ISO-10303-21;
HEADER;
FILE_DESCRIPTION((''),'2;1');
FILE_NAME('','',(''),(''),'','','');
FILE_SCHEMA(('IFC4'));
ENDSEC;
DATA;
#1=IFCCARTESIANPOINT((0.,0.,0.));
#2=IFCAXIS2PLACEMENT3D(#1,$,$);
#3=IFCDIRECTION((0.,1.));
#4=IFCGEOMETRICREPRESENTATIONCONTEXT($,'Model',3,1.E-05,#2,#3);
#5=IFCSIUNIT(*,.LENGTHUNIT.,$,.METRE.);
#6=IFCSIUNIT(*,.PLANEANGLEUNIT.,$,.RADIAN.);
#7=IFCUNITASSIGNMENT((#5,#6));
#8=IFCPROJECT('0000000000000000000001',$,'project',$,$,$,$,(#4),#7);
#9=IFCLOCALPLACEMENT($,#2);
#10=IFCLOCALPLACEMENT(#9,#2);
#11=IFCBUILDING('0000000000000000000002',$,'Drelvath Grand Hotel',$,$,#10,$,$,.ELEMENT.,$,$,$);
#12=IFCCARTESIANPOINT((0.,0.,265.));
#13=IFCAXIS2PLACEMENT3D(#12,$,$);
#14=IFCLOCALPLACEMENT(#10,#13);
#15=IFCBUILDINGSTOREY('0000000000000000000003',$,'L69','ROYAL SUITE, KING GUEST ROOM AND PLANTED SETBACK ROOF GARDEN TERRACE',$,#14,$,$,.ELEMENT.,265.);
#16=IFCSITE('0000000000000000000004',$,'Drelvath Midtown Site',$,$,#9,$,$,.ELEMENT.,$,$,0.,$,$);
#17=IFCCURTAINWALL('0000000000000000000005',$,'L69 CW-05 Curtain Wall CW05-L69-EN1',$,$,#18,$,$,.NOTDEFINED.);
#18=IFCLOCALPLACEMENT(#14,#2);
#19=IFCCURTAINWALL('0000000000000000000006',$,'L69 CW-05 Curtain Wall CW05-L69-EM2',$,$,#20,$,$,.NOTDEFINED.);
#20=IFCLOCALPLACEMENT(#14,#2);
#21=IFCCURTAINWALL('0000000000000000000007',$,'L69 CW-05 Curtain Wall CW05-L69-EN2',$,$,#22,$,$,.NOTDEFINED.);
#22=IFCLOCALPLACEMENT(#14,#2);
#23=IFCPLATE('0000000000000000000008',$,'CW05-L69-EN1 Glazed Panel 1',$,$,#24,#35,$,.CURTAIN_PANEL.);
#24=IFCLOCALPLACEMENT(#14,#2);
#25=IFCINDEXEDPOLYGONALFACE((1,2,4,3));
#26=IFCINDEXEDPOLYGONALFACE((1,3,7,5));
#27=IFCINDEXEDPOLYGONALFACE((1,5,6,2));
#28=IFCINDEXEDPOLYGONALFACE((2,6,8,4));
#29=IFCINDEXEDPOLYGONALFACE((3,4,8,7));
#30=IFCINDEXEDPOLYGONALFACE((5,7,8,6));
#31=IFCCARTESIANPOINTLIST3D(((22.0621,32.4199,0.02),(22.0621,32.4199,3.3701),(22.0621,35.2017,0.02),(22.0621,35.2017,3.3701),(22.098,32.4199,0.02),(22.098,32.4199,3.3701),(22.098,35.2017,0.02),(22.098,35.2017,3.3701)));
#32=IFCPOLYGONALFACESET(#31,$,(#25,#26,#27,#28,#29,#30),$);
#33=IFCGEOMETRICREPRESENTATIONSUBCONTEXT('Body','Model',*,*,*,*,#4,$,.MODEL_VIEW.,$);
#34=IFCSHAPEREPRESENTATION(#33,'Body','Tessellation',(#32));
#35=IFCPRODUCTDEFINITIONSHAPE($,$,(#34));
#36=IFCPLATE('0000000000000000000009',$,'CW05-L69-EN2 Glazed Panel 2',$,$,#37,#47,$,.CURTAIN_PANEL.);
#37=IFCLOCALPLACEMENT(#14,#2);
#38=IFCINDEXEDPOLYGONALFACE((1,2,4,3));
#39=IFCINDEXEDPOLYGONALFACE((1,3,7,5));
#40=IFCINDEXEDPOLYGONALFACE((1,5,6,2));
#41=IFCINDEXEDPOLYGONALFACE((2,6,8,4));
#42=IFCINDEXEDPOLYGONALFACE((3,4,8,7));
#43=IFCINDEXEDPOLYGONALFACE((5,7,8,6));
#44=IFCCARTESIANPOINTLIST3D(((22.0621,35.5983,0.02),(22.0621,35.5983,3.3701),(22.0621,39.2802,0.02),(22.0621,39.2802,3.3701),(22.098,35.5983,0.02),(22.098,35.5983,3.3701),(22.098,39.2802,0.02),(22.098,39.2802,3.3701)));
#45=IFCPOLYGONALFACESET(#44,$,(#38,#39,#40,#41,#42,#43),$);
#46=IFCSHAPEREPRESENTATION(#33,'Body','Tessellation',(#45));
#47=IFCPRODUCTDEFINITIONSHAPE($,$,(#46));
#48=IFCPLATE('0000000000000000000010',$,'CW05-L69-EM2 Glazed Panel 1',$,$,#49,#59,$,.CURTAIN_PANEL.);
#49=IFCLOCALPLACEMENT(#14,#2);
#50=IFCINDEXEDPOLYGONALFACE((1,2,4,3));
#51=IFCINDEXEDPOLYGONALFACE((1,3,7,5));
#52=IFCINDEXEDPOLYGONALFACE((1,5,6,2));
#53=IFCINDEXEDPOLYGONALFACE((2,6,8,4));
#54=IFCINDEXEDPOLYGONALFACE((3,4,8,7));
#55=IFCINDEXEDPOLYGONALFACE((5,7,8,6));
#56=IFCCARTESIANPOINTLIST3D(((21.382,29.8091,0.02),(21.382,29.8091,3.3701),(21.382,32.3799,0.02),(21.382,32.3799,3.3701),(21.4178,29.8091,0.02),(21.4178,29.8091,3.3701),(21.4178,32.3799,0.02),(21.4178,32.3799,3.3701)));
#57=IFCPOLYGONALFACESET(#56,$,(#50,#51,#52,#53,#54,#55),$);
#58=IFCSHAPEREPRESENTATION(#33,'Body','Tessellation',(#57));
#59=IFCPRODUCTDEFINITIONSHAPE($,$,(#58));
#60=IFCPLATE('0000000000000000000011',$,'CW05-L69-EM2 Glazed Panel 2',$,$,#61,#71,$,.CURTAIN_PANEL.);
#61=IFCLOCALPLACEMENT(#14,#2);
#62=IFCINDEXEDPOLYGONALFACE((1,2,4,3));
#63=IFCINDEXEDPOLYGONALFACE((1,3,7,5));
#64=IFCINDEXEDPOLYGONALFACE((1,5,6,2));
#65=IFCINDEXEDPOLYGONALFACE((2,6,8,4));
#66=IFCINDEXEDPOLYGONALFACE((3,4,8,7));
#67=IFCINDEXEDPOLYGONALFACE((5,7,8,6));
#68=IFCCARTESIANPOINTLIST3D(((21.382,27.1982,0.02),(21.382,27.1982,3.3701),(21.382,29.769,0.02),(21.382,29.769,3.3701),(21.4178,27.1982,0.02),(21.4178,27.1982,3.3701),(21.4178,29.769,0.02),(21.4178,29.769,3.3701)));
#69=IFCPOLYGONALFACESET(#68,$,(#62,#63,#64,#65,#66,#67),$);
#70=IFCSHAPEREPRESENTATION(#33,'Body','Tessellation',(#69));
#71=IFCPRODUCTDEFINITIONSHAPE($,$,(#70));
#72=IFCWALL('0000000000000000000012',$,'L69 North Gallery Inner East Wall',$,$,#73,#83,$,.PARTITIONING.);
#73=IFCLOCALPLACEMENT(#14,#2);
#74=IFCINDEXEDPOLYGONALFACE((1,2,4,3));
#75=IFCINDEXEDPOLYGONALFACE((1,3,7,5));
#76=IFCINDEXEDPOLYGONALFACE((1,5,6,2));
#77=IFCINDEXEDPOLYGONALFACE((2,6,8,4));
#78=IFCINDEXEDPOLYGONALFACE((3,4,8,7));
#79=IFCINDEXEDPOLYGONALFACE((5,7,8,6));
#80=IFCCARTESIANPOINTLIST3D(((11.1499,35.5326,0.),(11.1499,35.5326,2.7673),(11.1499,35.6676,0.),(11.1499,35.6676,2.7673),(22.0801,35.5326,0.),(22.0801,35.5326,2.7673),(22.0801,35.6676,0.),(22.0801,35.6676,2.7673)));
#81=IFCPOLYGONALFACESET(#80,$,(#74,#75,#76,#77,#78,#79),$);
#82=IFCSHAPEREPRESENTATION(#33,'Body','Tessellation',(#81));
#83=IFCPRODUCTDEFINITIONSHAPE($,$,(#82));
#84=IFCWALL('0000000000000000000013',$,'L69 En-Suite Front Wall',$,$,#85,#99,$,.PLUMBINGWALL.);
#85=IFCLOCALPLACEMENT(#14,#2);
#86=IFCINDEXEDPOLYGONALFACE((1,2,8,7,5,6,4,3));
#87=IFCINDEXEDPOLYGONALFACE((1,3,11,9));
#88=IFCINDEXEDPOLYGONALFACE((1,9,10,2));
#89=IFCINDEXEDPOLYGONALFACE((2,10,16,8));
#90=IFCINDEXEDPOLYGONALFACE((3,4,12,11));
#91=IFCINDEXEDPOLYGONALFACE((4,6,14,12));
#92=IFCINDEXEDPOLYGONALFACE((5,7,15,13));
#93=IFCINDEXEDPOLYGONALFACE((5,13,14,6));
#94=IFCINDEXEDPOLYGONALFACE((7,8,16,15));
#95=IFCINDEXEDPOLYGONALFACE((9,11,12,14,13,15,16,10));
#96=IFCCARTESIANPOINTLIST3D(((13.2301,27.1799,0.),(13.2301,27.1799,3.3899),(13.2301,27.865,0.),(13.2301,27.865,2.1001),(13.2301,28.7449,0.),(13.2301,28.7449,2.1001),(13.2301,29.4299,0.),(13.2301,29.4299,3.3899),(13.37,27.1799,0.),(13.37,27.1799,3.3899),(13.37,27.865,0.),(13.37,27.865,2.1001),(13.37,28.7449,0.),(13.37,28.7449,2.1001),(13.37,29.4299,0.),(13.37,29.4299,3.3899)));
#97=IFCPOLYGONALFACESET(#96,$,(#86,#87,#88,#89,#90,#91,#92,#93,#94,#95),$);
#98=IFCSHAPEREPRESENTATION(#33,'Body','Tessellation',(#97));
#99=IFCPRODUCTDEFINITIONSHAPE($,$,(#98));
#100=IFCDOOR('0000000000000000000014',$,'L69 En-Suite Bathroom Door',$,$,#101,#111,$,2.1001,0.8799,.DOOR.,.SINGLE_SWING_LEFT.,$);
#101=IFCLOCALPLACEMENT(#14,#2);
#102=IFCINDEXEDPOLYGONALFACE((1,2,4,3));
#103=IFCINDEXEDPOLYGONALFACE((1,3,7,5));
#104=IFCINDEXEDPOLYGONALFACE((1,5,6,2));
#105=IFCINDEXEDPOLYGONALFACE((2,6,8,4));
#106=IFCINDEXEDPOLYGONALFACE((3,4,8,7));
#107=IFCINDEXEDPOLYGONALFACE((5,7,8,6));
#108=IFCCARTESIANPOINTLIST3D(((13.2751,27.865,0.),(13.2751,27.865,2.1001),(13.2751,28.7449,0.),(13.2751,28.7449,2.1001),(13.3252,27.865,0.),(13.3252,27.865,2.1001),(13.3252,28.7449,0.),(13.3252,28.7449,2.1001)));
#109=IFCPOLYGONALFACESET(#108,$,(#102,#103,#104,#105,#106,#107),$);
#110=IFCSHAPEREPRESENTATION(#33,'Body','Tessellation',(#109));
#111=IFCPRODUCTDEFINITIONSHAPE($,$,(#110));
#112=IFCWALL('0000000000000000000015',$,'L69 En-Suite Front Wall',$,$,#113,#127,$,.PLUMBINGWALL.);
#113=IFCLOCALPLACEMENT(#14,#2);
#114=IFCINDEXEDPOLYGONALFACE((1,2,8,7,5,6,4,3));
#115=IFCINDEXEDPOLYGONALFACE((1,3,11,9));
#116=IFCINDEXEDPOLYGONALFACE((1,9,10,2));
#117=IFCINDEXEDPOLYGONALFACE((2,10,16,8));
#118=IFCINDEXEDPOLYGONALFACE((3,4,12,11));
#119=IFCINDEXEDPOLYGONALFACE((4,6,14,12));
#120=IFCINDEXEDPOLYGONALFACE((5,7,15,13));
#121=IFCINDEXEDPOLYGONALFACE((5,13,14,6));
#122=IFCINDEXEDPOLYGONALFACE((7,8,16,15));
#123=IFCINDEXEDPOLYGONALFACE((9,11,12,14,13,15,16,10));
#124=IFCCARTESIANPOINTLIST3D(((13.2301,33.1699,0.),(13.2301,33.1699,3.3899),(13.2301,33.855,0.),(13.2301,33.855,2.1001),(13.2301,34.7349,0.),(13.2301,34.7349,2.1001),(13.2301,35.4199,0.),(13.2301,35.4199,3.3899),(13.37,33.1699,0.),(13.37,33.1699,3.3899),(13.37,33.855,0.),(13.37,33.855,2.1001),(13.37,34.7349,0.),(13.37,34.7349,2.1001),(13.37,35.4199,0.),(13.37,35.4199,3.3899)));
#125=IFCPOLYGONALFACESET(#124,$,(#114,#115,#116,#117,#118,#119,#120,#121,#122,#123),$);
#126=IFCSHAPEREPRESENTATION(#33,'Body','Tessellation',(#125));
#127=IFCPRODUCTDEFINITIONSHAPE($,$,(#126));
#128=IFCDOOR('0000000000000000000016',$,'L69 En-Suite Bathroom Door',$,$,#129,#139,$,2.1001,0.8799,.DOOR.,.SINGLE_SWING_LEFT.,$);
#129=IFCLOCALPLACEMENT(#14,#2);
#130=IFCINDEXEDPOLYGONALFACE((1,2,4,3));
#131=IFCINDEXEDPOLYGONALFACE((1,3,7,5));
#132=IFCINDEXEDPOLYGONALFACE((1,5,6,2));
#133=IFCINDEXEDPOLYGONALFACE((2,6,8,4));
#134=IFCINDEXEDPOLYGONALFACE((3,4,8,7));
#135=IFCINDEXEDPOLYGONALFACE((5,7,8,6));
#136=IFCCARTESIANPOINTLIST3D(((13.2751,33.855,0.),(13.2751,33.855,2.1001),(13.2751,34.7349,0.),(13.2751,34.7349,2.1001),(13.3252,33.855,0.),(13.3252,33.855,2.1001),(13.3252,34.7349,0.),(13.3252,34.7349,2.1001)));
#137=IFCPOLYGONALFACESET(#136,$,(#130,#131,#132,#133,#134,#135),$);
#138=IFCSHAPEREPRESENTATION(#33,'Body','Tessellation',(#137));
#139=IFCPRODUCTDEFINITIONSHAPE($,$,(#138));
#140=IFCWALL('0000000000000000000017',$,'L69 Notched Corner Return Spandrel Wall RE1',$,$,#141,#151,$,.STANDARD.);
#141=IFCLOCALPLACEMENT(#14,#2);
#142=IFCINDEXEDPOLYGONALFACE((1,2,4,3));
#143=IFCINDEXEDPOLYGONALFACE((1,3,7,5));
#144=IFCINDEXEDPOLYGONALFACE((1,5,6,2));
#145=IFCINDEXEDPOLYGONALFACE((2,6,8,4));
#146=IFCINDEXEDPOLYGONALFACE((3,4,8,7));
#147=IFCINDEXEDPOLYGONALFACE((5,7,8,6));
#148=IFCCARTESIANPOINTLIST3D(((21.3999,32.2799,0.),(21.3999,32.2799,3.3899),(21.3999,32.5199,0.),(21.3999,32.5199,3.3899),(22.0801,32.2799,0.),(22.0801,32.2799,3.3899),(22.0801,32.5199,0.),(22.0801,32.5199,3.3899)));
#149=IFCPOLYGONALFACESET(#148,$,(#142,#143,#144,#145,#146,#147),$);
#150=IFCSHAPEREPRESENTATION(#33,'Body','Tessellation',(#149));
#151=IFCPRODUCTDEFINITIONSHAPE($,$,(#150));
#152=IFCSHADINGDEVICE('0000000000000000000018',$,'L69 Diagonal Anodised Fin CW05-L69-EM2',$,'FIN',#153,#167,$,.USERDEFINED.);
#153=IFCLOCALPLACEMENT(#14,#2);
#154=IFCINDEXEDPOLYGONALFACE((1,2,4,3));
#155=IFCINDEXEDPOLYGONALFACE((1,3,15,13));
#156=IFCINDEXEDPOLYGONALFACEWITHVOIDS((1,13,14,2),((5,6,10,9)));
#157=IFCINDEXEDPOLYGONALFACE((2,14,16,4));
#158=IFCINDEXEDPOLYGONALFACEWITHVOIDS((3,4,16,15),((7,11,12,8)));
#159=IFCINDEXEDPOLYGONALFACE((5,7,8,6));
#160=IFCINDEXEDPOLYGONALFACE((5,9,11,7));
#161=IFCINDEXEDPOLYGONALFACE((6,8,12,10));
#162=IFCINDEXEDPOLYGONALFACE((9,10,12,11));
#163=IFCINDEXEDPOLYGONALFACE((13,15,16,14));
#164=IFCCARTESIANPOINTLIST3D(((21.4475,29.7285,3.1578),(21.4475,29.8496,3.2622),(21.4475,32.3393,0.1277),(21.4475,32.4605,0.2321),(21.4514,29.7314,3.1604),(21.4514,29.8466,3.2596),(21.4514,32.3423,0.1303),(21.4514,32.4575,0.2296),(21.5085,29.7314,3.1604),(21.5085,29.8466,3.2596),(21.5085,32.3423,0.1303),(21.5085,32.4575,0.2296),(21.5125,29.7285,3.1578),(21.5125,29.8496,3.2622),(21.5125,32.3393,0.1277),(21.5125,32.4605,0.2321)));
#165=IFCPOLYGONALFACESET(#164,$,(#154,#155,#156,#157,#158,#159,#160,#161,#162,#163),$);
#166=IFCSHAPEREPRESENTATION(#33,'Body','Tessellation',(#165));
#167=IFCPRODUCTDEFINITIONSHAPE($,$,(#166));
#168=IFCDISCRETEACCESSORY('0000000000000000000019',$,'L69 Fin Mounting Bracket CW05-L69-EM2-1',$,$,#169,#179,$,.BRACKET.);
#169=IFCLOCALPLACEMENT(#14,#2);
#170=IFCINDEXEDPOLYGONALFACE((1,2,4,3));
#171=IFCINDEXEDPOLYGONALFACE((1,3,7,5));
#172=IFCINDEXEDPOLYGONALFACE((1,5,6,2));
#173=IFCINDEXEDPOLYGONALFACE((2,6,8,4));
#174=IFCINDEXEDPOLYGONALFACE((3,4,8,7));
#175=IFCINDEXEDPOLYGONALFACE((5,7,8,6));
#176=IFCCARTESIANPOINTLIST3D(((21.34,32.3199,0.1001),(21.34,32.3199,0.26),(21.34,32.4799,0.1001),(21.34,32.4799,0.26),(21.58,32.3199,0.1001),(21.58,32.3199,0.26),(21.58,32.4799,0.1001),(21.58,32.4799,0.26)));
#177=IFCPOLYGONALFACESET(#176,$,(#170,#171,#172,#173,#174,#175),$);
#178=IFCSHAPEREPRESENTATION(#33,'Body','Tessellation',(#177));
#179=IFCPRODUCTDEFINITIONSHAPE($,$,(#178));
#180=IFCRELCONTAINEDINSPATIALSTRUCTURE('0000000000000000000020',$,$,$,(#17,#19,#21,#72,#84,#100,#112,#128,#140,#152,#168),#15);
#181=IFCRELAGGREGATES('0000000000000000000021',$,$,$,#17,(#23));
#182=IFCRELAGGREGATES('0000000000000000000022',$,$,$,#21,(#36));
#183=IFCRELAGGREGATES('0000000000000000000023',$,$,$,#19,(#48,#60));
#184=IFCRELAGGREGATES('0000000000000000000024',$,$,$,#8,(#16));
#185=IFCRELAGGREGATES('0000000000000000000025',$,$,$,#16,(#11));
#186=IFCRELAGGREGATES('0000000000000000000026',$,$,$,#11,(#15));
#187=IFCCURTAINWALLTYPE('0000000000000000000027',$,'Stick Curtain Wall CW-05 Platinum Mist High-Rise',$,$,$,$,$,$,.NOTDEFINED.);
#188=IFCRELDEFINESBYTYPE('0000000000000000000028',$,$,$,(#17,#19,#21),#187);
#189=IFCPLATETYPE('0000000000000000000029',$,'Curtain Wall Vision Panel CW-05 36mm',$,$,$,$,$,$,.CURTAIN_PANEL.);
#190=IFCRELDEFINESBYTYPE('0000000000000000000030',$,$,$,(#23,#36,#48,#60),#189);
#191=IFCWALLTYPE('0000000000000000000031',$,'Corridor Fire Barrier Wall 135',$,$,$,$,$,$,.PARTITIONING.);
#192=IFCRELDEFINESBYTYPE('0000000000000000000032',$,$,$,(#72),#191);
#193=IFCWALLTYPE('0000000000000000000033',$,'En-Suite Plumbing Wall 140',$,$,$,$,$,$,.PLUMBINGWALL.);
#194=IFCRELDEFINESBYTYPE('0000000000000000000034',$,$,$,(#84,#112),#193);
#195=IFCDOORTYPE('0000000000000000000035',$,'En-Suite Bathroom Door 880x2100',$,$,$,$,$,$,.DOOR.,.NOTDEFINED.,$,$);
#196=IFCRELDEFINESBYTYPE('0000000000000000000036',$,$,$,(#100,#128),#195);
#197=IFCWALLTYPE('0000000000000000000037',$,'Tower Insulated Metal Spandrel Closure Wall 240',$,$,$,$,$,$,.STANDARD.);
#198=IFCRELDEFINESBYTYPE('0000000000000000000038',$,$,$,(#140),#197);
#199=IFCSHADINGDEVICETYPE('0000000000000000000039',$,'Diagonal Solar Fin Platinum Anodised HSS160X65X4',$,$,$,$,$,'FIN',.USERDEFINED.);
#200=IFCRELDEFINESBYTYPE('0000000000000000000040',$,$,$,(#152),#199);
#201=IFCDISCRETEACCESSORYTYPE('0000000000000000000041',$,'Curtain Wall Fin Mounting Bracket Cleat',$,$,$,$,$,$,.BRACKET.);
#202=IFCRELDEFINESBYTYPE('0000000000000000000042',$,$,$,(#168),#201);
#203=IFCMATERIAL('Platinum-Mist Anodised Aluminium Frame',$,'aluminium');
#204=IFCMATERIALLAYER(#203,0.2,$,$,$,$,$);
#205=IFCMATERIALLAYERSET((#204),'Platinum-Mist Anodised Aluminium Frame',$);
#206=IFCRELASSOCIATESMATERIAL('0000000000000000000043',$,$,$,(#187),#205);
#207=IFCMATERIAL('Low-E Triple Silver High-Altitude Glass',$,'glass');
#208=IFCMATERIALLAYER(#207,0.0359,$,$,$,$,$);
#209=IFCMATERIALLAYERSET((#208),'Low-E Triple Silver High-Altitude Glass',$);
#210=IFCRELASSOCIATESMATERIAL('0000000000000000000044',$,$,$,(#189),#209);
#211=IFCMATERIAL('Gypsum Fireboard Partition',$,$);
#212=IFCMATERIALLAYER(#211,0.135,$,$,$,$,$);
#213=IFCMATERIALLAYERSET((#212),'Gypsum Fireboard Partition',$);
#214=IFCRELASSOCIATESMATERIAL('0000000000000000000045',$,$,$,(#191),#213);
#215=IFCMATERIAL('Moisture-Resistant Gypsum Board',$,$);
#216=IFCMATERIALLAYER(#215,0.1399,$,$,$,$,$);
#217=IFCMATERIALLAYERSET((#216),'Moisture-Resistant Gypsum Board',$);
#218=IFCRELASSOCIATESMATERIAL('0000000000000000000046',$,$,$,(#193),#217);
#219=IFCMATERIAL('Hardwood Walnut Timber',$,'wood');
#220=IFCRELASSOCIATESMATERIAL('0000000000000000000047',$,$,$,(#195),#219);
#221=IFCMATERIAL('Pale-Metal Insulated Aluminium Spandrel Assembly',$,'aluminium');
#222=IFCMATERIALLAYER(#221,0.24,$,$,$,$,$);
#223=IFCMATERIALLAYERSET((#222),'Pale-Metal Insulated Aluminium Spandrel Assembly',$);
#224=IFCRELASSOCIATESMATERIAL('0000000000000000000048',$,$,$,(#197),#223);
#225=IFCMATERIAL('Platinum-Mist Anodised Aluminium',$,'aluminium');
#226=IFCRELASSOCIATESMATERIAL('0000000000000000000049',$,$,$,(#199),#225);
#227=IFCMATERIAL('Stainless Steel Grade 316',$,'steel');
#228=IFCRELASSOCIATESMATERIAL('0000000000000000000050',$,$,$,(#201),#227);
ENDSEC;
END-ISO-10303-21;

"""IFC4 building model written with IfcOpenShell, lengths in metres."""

from ifc_helpers import new_model, si_unit, direction, frame, frame_2d, origin, origin_2d, place, context, subcontext, project, spatial, rectangle, hollow_rectangle, extrude, material, layer, layer_set, material_profile, profile_set, type_object, element, fill, aggregate, save


model = new_model("IFC4")

# Units and contexts
model_context = context("Model", 3, precision=1e-05, world=origin(), true_north=direction((0.0, 1.0)))
body_context = subcontext(model_context, "Body", "Model", "MODEL_VIEW")
ifc_project = project(units=[si_unit("LENGTHUNIT", "METRE"), si_unit("PLANEANGLEUNIT", "RADIAN")], contexts=[model_context])

# Site, building, storey
site_placement = place(None, origin())
site = spatial("IfcSite", under=ifc_project, at=site_placement, Name="Drelvath Midtown Site", CompositionType="ELEMENT", RefElevation=0.0)
building_placement = place(site_placement, origin())
building = spatial("IfcBuilding", under=site, at=building_placement, Name="Drelvath Grand Hotel", CompositionType="ELEMENT")
storey_placement = place(building_placement, frame((0.0, 0.0, 265.0)))
storey = spatial("IfcBuildingStorey", under=building, at=storey_placement, Name="L69", Description="ROYAL SUITE, KING GUEST ROOM AND PLANTED SETBACK ROOF GARDEN TERRACE", CompositionType="ELEMENT", Elevation=265.0)

# Curtain walls
ifc_material_1 = material(Name="Platinum-Mist Anodised Aluminium Frame", Category="aluminium")
ifc_layer_1 = layer(ifc_material_1, 0.2)
ifc_layer_set_1 = layer_set([ifc_layer_1], Name="Platinum-Mist Anodised Aluminium Frame")
curtain_wall_type = type_object("IfcCurtainWallType", Name="Stick Curtain Wall CW-05 Platinum Mist High-Rise", PredefinedType="NOTDEFINED", material=ifc_layer_set_1)
curtain_wall_1_placement = place(storey_placement, origin())
curtain_wall_1 = element("IfcCurtainWall", 1, at=curtain_wall_1_placement, inside=storey, type_object=curtain_wall_type, Name="L69 CW-05 Curtain Wall CW05-L69-EN1", PredefinedType="NOTDEFINED")
curtain_wall_2_placement = place(storey_placement, origin())
curtain_wall_2 = element("IfcCurtainWall", 2, at=curtain_wall_2_placement, inside=storey, type_object=curtain_wall_type, Name="L69 CW-05 Curtain Wall CW05-L69-EM2", PredefinedType="NOTDEFINED")

# Curtain wall
curtain_wall_3_placement = place(storey_placement, origin())
curtain_wall_3 = element("IfcCurtainWall", 3, at=curtain_wall_3_placement, inside=storey, type_object=curtain_wall_type, Name="L69 CW-05 Curtain Wall CW05-L69-EN2", PredefinedType="NOTDEFINED")

# Plates
ifc_material_2 = material(Name="Low-E Triple Silver High-Altitude Glass", Category="glass")
ifc_layer_2 = layer(ifc_material_2, 0.0359)
ifc_layer_set_2 = layer_set([ifc_layer_2], Name="Low-E Triple Silver High-Altitude Glass")
plate_type = type_object("IfcPlateType", Name="Curtain Wall Vision Panel CW-05 36mm", PredefinedType="CURTAIN_PANEL", material=ifc_layer_set_2)
plate_1_placement = place(storey_placement, frame((22.0801, 33.8108, 0.02), z_axis=(0.0, 0.0, 1.0), x_axis=(0.0, -1.0, 0.0)))
plate_1 = element("IfcPlate", 4, at=plate_1_placement, type_object=plate_type, Name="CW05-L69-EN1 Glazed Panel 1", PredefinedType="CURTAIN_PANEL", context=body_context, shape_type="SweptSolid", body=[
    extrude(rectangle(XDim=2.7817, YDim=0.0359, at=origin_2d()), origin(), (0.0, 0.0, 1.0), 3.3501),
])
aggregate(curtain_wall_1, [plate_1])
plate_2_placement = place(storey_placement, frame((22.0801, 37.4392, 0.02), z_axis=(0.0, 0.0, 1.0), x_axis=(0.0, -1.0, 0.0)))
plate_2 = element("IfcPlate", 5, at=plate_2_placement, type_object=plate_type, Name="CW05-L69-EN2 Glazed Panel 2", PredefinedType="CURTAIN_PANEL", context=body_context, shape_type="SweptSolid", body=[
    extrude(rectangle(XDim=3.6819, YDim=0.0359, at=origin_2d()), origin(), (0.0, 0.0, 1.0), 3.3501),
])
aggregate(curtain_wall_3, [plate_2])
plate_3_placement = place(storey_placement, frame((21.3999, 31.0945, 0.02), z_axis=(0.0, 0.0, 1.0), x_axis=(0.0, -1.0, 0.0)))
plate_3 = element("IfcPlate", 6, at=plate_3_placement, type_object=plate_type, Name="CW05-L69-EM2 Glazed Panel 1", PredefinedType="CURTAIN_PANEL", context=body_context, shape_type="SweptSolid", body=[
    extrude(rectangle(XDim=2.5708, YDim=0.0359, at=origin_2d()), origin(), (0.0, 0.0, 1.0), 3.3501),
])
plate_4_placement = place(storey_placement, frame((21.3999, 28.4836, 0.02), z_axis=(0.0, 0.0, 1.0), x_axis=(0.0, -1.0, 0.0)))
plate_4 = element("IfcPlate", 7, at=plate_4_placement, type_object=plate_type, Name="CW05-L69-EM2 Glazed Panel 2", PredefinedType="CURTAIN_PANEL", context=body_context, shape_type="SweptSolid", body=[
    extrude(rectangle(XDim=2.5708, YDim=0.0359, at=origin_2d()), origin(), (0.0, 0.0, 1.0), 3.3501),
])
aggregate(curtain_wall_2, [plate_3, plate_4])

# Wall
ifc_material_3 = material(Name="Gypsum Fireboard Partition")
ifc_layer_3 = layer(ifc_material_3, 0.135)
ifc_layer_set_3 = layer_set([ifc_layer_3], Name="Gypsum Fireboard Partition")
wall_type_1 = type_object("IfcWallType", Name="Corridor Fire Barrier Wall 135", PredefinedType="PARTITIONING", material=ifc_layer_set_3)
wall_1_placement = place(storey_placement, frame((11.1499, 35.6001, 0.0), z_axis=(0.0, 0.0, 1.0), x_axis=(1.0, 0.0, 0.0)))
element("IfcWall", 8, at=wall_1_placement, inside=storey, type_object=wall_type_1, Name="L69 North Gallery Inner East Wall", PredefinedType="PARTITIONING", context=body_context, shape_type="SweptSolid", body=[
    extrude(rectangle(XDim=10.9302, YDim=0.135, at=frame_2d((5.4651, 0.0))), origin(), (0.0, 0.0, 1.0), 2.7673),
])

# Walls, openings, doors
ifc_material_4 = material(Name="Moisture-Resistant Gypsum Board")
ifc_layer_4 = layer(ifc_material_4, 0.1399)
ifc_layer_set_4 = layer_set([ifc_layer_4], Name="Moisture-Resistant Gypsum Board")
wall_type_2 = type_object("IfcWallType", Name="En-Suite Plumbing Wall 140", PredefinedType="PLUMBINGWALL", material=ifc_layer_set_4)
wall_2_placement = place(storey_placement, frame((13.3, 27.1799, 0.0), z_axis=(0.0, 0.0, 1.0), x_axis=(0.0, 1.0, 0.0)))
wall_2 = element("IfcWall", 9, at=wall_2_placement, inside=storey, type_object=wall_type_2, Name="L69 En-Suite Front Wall", PredefinedType="PLUMBINGWALL", context=body_context, shape_type="SweptSolid", body=[
    extrude(rectangle(XDim=2.25, YDim=0.1399, at=frame_2d((1.125, 0.0))), origin(), (0.0, 0.0, 1.0), 3.3899),
])
opening_1_placement = place(wall_2_placement, frame((0.6851, 0.0, 0.0)))
opening_1 = element("IfcOpeningElement", 10, at=opening_1_placement, cuts=wall_2, PredefinedType="OPENING", context=body_context, shape_type="SweptSolid", body=[
    extrude(rectangle(XDim=0.8799, YDim=2.1001, at=frame_2d((0.4399, 1.05))), frame((0.0, 0.0798, 0.0), z_axis=(0.0, -1.0, 0.0), x_axis=(1.0, 0.0, 0.0)), (0.0, 0.0, 1.0), 0.1599),
])
ifc_material_5 = material(Name="Hardwood Walnut Timber", Category="wood")
door_type = type_object("IfcDoorType", Name="En-Suite Bathroom Door 880x2100", OperationType="NOTDEFINED", PredefinedType="DOOR", material=ifc_material_5)
door_1_placement = place(opening_1_placement, origin())
door_1 = element("IfcDoor", 11, at=door_1_placement, inside=storey, type_object=door_type, Name="L69 En-Suite Bathroom Door", OperationType="SINGLE_SWING_LEFT", OverallHeight=2.1001, OverallWidth=0.8799, PredefinedType="DOOR", context=body_context, shape_type="SweptSolid", body=[
    extrude(rectangle(XDim=0.8799, YDim=2.1001, at=frame_2d((0.4399, 1.05))), frame((0.0, 0.0249, 0.0), z_axis=(0.0, -1.0, 0.0), x_axis=(1.0, 0.0, 0.0)), (0.0, 0.0, 1.0), 0.05),
])
fill(opening_1, door_1)
wall_3_placement = place(storey_placement, frame((13.3, 33.1699, 0.0), z_axis=(0.0, 0.0, 1.0), x_axis=(0.0, 1.0, 0.0)))
wall_3 = element("IfcWall", 12, at=wall_3_placement, inside=storey, type_object=wall_type_2, Name="L69 En-Suite Front Wall", PredefinedType="PLUMBINGWALL", context=body_context, shape_type="SweptSolid", body=[
    extrude(rectangle(XDim=2.25, YDim=0.1399, at=frame_2d((1.125, 0.0))), origin(), (0.0, 0.0, 1.0), 3.3899),
])
opening_2_placement = place(wall_3_placement, frame((0.6851, 0.0, 0.0)))
opening_2 = element("IfcOpeningElement", 13, at=opening_2_placement, cuts=wall_3, PredefinedType="OPENING", context=body_context, shape_type="SweptSolid", body=[
    extrude(rectangle(XDim=0.8799, YDim=2.1001, at=frame_2d((0.4399, 1.05))), frame((0.0, 0.0798, 0.0), z_axis=(0.0, -1.0, 0.0), x_axis=(1.0, 0.0, 0.0)), (0.0, 0.0, 1.0), 0.1599),
])
door_2_placement = place(opening_2_placement, origin())
door_2 = element("IfcDoor", 14, at=door_2_placement, inside=storey, type_object=door_type, Name="L69 En-Suite Bathroom Door", OperationType="SINGLE_SWING_LEFT", OverallHeight=2.1001, OverallWidth=0.8799, PredefinedType="DOOR", context=body_context, shape_type="SweptSolid", body=[
    extrude(rectangle(XDim=0.8799, YDim=2.1001, at=frame_2d((0.4399, 1.05))), frame((0.0, 0.0249, 0.0), z_axis=(0.0, -1.0, 0.0), x_axis=(1.0, 0.0, 0.0)), (0.0, 0.0, 1.0), 0.05),
])
fill(opening_2, door_2)

# Wall
ifc_material_6 = material(Name="Pale-Metal Insulated Aluminium Spandrel Assembly", Category="aluminium")
ifc_layer_5 = layer(ifc_material_6, 0.24)
ifc_layer_set_5 = layer_set([ifc_layer_5], Name="Pale-Metal Insulated Aluminium Spandrel Assembly")
wall_type_3 = type_object("IfcWallType", Name="Tower Insulated Metal Spandrel Closure Wall 240", PredefinedType="STANDARD", material=ifc_layer_set_5)
wall_4_placement = place(storey_placement, frame((22.0801, 32.3999, 0.0), z_axis=(0.0, 0.0, 1.0), x_axis=(-1.0, 0.0, 0.0)))
element("IfcWall", 15, at=wall_4_placement, inside=storey, type_object=wall_type_3, Name="L69 Notched Corner Return Spandrel Wall RE1", PredefinedType="STANDARD", context=body_context, shape_type="SweptSolid", body=[
    extrude(rectangle(XDim=0.6802, YDim=0.24, at=frame_2d((0.3401, 0.0))), origin(), (0.0, 0.0, 1.0), 3.3899),
])

# Shading device
ifc_material_7 = material(Name="Platinum-Mist Anodised Aluminium", Category="aluminium")
ifc_material_profile_1 = material_profile(ifc_material_7, hollow_rectangle(XDim=0.0649, YDim=0.1599, WallThickness=0.0039, at=origin_2d()), Name="HSS160X65X4")
ifc_profile_set_1 = profile_set([ifc_material_profile_1], Name="Platinum-Mist Anodised Aluminium")
shading_device_type = type_object("IfcShadingDeviceType", Name="Diagonal Solar Fin Platinum Anodised HSS160X65X4", ElementType="FIN", PredefinedType="USERDEFINED", material=ifc_profile_set_1)
shading_device_placement = place(storey_placement, frame((21.48, 32.3999, 0.1799), z_axis=(0.0, -0.65276, 0.757565), x_axis=(1.0, 0.0, 0.0)))
element("IfcShadingDevice", 16, at=shading_device_placement, inside=storey, type_object=shading_device_type, Name="L69 Diagonal Anodised Fin CW05-L69-EM2", ObjectType="FIN", PredefinedType="USERDEFINED", context=body_context, shape_type="SweptSolid", body=[
    extrude(hollow_rectangle(XDim=0.0649, YDim=0.1599, WallThickness=0.0039, at=origin_2d()), origin(), (0.0, 0.0, 1.0), 3.9998),
])

# Discrete accessory
ifc_material_8 = material(Name="Stainless Steel Grade 316", Category="steel")
discrete_accessory_type = type_object("IfcDiscreteAccessoryType", Name="Curtain Wall Fin Mounting Bracket Cleat", PredefinedType="BRACKET", material=ifc_material_8)
discrete_accessory_placement = place(storey_placement, frame((21.46, 32.3999, 0.1001), z_axis=(0.0, 0.0, 1.0), x_axis=(0.0, -1.0, 0.0)))
element("IfcDiscreteAccessory", 17, at=discrete_accessory_placement, inside=storey, type_object=discrete_accessory_type, Name="L69 Fin Mounting Bracket CW05-L69-EM2-1", PredefinedType="BRACKET", context=body_context, shape_type="SweptSolid", body=[
    extrude(rectangle(XDim=0.1599, YDim=0.24, at=origin_2d()), origin(), (0.0, 0.0, 1.0), 0.1599),
])

save(model, "model.ifc")
